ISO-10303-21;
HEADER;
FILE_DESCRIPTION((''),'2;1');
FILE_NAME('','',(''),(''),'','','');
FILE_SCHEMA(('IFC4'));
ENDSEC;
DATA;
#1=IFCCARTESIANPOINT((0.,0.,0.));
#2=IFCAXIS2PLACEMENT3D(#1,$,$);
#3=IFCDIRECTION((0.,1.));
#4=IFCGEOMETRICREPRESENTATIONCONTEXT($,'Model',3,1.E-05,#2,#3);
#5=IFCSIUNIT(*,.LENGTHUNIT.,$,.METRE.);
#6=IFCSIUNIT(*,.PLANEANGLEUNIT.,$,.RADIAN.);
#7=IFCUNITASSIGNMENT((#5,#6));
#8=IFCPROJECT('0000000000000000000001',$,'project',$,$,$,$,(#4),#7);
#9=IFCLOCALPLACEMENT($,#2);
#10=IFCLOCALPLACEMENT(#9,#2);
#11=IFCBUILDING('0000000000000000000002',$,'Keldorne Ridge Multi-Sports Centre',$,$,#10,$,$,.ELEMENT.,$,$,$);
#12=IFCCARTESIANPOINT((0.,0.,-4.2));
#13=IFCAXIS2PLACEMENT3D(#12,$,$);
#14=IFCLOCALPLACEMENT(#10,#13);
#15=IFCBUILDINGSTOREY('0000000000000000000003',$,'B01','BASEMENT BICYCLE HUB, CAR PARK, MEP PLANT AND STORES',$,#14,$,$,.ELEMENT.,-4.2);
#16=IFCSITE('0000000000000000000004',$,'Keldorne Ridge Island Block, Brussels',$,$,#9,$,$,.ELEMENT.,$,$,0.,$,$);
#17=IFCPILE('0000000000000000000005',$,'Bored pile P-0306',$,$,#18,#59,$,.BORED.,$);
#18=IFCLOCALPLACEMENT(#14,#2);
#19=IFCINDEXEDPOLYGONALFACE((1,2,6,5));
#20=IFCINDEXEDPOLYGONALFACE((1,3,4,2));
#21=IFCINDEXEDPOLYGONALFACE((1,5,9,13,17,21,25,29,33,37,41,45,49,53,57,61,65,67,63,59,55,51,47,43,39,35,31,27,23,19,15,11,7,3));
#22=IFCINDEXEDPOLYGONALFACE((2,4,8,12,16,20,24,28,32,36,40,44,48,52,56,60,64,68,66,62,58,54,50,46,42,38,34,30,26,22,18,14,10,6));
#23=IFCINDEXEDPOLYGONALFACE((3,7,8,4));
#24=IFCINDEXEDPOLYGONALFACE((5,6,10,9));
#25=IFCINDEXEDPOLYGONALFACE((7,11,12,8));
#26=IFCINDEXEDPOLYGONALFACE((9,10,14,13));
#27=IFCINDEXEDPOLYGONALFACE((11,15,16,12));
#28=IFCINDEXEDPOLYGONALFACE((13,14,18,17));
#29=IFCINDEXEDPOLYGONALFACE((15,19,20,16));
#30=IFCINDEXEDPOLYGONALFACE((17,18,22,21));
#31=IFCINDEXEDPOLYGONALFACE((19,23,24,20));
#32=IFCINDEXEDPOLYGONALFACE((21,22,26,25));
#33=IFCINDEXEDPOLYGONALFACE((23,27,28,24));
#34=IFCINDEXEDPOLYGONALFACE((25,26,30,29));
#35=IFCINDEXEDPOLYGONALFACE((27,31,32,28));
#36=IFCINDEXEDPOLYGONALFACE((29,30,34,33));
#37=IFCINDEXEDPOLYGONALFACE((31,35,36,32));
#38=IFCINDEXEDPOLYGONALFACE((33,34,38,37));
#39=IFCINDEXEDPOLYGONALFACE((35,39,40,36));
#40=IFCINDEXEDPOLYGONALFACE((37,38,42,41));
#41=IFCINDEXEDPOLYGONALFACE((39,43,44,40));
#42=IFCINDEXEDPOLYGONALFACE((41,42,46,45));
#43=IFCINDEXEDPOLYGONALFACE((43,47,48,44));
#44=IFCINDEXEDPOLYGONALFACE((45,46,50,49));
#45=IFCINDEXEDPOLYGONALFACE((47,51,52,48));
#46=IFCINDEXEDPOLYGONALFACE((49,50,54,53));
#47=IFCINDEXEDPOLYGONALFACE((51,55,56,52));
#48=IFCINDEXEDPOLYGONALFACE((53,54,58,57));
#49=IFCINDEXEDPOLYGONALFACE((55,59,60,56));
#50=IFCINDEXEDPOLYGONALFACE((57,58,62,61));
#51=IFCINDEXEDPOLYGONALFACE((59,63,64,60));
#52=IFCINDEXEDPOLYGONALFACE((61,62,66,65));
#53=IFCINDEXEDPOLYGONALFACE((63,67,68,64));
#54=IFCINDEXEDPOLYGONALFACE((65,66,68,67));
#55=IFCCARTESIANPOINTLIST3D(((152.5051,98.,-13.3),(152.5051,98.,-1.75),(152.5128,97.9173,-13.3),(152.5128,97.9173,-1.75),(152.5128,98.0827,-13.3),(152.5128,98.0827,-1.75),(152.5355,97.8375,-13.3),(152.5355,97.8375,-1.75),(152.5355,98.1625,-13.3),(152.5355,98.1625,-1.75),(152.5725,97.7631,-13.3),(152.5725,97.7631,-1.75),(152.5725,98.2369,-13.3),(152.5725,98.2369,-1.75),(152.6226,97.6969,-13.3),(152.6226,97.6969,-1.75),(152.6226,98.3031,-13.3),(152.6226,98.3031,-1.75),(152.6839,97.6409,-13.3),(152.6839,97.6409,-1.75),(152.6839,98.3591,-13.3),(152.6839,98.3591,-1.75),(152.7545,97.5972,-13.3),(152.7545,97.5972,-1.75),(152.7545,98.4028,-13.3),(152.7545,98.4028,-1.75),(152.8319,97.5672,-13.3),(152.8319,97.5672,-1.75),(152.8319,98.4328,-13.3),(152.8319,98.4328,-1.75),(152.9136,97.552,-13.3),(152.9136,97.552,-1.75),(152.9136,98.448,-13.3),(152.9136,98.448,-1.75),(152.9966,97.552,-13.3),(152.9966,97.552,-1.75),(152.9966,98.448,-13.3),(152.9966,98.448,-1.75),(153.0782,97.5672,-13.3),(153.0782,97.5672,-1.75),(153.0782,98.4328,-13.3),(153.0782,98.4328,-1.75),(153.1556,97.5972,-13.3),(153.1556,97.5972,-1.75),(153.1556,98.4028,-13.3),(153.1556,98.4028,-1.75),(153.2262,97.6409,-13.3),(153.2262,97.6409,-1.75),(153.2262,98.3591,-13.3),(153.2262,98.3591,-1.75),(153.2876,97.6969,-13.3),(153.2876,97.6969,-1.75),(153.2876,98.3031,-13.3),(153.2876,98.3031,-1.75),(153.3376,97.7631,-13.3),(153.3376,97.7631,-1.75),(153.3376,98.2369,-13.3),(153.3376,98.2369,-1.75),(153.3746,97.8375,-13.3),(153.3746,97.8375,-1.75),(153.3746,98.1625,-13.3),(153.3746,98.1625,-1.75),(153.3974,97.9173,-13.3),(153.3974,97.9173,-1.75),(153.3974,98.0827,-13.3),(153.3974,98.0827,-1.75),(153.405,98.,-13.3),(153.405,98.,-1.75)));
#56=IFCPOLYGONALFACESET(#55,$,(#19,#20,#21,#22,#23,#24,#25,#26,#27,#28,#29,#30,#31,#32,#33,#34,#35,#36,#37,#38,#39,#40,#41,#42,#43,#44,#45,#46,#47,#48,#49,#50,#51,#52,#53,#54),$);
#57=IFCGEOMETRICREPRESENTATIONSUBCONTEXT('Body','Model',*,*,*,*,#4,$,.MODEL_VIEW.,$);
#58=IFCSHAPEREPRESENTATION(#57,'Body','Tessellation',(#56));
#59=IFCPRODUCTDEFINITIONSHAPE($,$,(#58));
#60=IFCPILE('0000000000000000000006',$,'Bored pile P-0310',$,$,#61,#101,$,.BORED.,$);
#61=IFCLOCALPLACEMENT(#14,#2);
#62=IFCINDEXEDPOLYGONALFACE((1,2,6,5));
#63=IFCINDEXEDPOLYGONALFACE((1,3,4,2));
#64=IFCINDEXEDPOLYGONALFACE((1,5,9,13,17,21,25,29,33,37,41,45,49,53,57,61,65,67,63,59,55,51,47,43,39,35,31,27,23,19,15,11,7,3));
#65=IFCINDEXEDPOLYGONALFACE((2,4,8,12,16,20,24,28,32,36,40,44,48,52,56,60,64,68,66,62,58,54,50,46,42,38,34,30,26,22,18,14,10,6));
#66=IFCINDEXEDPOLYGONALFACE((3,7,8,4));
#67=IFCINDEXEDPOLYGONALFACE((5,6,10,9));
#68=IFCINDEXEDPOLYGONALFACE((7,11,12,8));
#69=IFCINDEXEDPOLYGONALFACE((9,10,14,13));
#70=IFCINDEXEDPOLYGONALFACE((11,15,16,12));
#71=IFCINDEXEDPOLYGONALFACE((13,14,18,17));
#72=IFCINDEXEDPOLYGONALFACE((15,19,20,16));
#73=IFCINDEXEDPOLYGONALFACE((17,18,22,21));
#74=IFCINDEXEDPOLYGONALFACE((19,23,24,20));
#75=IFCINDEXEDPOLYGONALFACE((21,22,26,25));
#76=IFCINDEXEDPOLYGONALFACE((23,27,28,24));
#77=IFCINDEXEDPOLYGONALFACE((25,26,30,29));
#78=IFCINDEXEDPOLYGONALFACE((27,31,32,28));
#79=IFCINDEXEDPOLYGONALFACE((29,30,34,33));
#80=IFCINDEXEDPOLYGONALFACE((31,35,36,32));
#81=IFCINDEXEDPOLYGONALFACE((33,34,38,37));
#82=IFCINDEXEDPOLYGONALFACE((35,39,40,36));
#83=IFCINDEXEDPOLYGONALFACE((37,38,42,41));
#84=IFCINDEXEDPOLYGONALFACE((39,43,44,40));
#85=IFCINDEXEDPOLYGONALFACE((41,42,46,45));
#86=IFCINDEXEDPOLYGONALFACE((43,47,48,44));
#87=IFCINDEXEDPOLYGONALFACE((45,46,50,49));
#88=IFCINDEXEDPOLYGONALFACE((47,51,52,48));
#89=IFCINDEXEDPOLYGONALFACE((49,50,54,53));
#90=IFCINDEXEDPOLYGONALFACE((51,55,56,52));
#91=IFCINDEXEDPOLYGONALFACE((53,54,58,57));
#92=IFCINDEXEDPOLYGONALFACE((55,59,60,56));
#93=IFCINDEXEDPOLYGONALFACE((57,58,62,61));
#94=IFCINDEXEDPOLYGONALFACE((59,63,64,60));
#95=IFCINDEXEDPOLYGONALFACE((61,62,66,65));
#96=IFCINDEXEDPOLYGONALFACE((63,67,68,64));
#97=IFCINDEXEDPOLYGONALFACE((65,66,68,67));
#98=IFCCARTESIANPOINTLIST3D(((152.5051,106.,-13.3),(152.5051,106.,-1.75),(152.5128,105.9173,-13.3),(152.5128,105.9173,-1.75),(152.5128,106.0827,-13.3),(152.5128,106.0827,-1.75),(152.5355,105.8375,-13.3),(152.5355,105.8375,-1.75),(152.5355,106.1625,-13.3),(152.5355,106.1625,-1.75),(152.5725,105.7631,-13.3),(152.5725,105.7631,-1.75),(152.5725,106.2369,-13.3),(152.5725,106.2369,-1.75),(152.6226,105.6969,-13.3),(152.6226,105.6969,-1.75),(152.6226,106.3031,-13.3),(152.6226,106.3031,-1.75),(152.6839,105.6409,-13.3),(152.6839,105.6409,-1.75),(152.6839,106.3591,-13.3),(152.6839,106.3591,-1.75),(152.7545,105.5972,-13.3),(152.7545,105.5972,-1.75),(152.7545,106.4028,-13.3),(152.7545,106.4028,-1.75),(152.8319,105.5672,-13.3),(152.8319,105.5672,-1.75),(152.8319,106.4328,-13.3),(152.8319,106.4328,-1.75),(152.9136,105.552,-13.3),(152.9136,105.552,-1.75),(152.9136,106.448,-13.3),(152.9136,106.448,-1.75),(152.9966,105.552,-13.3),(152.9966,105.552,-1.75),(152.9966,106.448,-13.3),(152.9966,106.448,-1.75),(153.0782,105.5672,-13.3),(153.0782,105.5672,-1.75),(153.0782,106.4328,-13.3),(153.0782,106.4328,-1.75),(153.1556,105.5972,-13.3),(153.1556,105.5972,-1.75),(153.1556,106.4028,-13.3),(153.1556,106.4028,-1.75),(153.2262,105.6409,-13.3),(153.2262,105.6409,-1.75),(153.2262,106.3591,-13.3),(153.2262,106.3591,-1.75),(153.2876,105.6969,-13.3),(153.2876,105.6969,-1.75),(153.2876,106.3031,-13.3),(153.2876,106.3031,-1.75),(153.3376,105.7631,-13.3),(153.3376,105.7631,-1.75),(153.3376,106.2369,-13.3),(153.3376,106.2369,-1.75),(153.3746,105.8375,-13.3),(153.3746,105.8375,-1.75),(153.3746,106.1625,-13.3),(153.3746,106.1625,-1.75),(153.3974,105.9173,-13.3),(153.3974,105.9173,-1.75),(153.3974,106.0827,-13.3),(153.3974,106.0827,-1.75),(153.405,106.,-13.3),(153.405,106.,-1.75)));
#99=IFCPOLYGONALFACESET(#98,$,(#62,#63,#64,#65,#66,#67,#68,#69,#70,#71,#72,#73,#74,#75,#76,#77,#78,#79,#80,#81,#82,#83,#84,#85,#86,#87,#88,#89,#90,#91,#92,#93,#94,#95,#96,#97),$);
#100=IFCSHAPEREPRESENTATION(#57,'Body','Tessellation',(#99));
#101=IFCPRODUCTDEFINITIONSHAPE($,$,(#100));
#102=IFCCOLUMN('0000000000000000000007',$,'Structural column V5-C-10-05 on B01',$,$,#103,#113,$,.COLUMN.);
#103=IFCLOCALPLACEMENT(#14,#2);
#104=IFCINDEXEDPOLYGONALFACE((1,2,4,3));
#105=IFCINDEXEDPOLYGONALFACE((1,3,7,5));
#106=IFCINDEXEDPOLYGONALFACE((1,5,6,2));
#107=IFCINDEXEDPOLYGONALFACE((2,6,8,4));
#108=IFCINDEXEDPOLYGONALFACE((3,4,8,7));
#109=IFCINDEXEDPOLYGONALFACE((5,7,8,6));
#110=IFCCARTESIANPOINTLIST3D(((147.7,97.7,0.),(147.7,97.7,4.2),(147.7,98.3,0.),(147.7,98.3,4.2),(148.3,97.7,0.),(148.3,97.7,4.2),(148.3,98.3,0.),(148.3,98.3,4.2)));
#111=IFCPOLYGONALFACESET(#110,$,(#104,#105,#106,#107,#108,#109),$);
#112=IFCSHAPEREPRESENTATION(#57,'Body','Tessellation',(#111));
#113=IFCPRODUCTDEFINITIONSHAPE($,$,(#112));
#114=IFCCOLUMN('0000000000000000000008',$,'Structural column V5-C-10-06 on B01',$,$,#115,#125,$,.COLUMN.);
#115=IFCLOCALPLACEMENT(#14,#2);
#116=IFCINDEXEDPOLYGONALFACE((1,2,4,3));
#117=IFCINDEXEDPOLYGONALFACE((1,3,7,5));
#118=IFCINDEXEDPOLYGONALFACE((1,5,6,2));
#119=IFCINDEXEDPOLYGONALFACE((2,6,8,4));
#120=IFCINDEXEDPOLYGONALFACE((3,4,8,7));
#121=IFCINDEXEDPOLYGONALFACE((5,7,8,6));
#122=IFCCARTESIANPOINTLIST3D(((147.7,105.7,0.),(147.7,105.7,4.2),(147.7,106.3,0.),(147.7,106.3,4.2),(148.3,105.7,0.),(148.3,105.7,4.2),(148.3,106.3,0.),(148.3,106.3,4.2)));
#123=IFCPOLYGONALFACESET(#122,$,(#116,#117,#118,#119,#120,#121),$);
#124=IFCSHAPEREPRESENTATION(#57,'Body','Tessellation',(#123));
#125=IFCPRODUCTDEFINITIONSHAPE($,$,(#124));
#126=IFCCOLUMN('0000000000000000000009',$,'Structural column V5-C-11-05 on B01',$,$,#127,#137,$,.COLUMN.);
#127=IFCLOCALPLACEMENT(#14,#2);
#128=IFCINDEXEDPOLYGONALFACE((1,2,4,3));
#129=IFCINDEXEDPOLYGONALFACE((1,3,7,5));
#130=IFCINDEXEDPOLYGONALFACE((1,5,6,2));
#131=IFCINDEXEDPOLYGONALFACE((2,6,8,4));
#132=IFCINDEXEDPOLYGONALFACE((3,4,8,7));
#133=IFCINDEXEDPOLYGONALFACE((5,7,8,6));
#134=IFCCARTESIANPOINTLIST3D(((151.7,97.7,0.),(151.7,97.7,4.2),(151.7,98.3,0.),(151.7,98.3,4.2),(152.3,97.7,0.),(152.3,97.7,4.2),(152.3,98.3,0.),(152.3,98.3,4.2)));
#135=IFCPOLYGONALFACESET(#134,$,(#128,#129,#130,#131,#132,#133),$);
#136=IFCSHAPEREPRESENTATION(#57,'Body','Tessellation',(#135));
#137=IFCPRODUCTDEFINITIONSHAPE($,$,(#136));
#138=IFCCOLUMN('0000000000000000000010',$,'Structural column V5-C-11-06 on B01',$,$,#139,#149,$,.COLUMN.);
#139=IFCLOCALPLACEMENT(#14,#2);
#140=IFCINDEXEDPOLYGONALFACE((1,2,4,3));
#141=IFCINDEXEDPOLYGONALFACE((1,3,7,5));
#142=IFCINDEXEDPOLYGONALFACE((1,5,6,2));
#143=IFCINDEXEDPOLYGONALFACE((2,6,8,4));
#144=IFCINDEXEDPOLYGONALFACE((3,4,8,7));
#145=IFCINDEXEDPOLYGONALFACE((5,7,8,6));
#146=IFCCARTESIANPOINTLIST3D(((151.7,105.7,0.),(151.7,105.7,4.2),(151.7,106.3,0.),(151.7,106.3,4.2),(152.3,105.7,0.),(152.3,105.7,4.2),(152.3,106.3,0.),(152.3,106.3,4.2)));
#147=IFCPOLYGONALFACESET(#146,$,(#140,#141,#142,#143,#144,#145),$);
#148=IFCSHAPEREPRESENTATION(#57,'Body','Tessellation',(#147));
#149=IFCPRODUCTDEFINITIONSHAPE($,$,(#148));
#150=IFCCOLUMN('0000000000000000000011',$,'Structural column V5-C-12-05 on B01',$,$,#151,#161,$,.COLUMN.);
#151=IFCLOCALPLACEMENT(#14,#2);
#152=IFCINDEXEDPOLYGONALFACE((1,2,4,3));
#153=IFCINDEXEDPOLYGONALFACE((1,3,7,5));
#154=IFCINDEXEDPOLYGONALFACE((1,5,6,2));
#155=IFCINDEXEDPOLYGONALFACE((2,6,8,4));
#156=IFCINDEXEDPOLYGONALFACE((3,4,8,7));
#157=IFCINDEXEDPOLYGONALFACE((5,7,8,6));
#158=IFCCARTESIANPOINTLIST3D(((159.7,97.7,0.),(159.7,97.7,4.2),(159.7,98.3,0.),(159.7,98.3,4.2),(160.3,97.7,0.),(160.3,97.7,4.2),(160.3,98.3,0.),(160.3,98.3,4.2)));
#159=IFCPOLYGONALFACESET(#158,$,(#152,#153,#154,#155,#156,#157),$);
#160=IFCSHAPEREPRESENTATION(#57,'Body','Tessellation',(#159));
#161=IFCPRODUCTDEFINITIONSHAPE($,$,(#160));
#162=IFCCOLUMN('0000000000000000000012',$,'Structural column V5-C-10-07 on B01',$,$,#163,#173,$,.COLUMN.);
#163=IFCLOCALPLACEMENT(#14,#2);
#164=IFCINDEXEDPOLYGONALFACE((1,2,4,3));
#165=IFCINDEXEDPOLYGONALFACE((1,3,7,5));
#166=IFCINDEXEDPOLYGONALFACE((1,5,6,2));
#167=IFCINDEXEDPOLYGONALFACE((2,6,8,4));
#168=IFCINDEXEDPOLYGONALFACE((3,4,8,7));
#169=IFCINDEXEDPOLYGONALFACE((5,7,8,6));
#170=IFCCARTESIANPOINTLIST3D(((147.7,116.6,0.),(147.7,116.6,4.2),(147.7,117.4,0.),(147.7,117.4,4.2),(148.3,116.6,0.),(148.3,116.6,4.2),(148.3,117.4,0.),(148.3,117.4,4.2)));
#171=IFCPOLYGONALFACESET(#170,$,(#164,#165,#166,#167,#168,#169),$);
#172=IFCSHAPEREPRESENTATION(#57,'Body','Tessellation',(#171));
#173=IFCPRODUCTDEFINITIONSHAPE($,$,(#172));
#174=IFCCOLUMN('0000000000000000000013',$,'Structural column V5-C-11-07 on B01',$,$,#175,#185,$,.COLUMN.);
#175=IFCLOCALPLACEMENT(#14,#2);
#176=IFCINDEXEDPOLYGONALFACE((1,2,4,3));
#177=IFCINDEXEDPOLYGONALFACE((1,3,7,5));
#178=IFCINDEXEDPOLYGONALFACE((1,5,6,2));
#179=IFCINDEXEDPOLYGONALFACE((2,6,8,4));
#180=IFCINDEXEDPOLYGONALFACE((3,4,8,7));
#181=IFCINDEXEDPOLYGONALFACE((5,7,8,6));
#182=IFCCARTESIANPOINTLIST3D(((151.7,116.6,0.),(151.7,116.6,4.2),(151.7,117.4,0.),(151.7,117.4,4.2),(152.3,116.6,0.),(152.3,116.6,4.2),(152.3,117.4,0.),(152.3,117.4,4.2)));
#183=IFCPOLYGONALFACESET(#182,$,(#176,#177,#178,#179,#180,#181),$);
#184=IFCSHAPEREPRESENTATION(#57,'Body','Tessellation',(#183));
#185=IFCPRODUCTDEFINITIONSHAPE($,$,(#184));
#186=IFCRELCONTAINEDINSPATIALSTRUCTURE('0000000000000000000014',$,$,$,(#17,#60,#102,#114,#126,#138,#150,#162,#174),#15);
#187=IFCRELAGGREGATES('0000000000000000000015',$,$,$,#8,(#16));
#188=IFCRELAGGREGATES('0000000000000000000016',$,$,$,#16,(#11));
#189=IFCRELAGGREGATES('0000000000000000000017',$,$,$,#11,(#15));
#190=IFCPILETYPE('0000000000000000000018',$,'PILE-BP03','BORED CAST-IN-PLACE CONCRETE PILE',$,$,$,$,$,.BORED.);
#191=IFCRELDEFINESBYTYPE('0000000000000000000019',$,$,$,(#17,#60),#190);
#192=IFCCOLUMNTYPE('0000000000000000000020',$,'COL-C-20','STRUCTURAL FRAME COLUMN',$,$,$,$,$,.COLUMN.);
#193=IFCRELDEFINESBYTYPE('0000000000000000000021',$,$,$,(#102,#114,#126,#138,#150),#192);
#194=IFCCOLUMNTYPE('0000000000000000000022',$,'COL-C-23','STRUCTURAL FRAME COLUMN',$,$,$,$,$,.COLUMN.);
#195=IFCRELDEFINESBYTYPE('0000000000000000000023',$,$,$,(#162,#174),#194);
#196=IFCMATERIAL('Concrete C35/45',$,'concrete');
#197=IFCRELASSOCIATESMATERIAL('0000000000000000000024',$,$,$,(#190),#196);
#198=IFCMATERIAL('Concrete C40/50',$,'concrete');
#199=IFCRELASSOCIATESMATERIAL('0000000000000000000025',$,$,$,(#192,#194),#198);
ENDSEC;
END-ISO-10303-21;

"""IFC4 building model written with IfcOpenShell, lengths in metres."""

from ifc_helpers import new_model, si_unit, direction, frame, origin, origin_2d, place, context, subcontext, project, spatial, rectangle, circle, extrude, material, material_profile, profile_set, type_object, element, save


model = new_model("IFC4")

# Units and contexts
model_context = context("Model", 3, precision=1e-05, world=origin(), true_north=direction((0.0, 1.0)))
body_context = subcontext(model_context, "Body", "Model", "MODEL_VIEW")
ifc_project = project(units=[si_unit("LENGTHUNIT", "METRE"), si_unit("PLANEANGLEUNIT", "RADIAN")], contexts=[model_context])

# Site, building, storey
site_placement = place(None, origin())
site = spatial("IfcSite", under=ifc_project, at=site_placement, Name="Keldorne Ridge Island Block, Brussels", CompositionType="ELEMENT", RefElevation=0.0)
building_placement = place(site_placement, origin())
building = spatial("IfcBuilding", under=site, at=building_placement, Name="Keldorne Ridge Multi-Sports Centre", CompositionType="ELEMENT")
storey_placement = place(building_placement, frame((0.0, 0.0, -4.2)))
storey = spatial("IfcBuildingStorey", under=building, at=storey_placement, Name="B01", Description="BASEMENT BICYCLE HUB, CAR PARK, MEP PLANT AND STORES", CompositionType="ELEMENT", Elevation=-4.2)

# Shared definitions
ifc_material_1 = material(Name="Concrete C35/45", Category="concrete")

# Piles
ifc_material_profile_1 = material_profile(ifc_material_1, circle(Radius=0.45, at=origin_2d()), Name="BORED PILE D900")
ifc_profile_set_1 = profile_set([ifc_material_profile_1], Name="Concrete C35/45")
pile_type_1 = type_object("IfcPileType", Name="PILE-BP03", Description="BORED CAST-IN-PLACE CONCRETE PILE", PredefinedType="BORED", material=ifc_profile_set_1)
for number, where, z_axis, x_axis, name in (
    (1, (152.9551, 98.0, -1.75), (0.0, 0.0, -1.0), (1.0, 0.0, 0.0), "Bored pile P-0306"),
    (2, (152.9551, 106.0, -1.75), (0.0, 0.0, -1.0), (1.0, 0.0, 0.0), "Bored pile P-0310"),
):
    element("IfcPile", number, at=place(storey_placement, frame(where, z_axis=z_axis, x_axis=x_axis)), inside=storey, type_object=pile_type_1, Name=name, PredefinedType="BORED", context=body_context, shape_type="SweptSolid", body=[
        extrude(circle(Radius=0.45, at=origin_2d()), origin(), (0.0, 0.0, 1.0), 11.55),
    ])

# Columns
ifc_material_2 = material(Name="Concrete C40/50", Category="concrete")
ifc_material_profile_2 = material_profile(ifc_material_2, rectangle(XDim=0.6001, YDim=0.6001, at=origin_2d()), Name="RC 600x600")
ifc_profile_set_2 = profile_set([ifc_material_profile_2], Name="Concrete C40/50")
column_type_1 = type_object("IfcColumnType", Name="COL-C-20", Description="STRUCTURAL FRAME COLUMN", PredefinedType="COLUMN", material=ifc_profile_set_2)
for number, where, z_axis, x_axis, name in (
    (3, (148.0, 98.0, 0.0), (0.0, 0.0, 1.0), (1.0, 0.0, 0.0), "Structural column V5-C-10-05 on B01"),
    (4, (148.0, 106.0, 0.0), (0.0, 0.0, 1.0), (1.0, 0.0, 0.0), "Structural column V5-C-10-06 on B01"),
    (5, (152.0, 98.0, 0.0), (0.0, 0.0, 1.0), (1.0, 0.0, 0.0), "Structural column V5-C-11-05 on B01"),
    (6, (152.0, 106.0, 0.0), (0.0, 0.0, 1.0), (1.0, 0.0, 0.0), "Structural column V5-C-11-06 on B01"),
    (7, (160.0, 98.0, 0.0), (0.0, 0.0, 1.0), (1.0, 0.0, 0.0), "Structural column V5-C-12-05 on B01"),
):
    element("IfcColumn", number, at=place(storey_placement, frame(where, z_axis=z_axis, x_axis=x_axis)), inside=storey, type_object=column_type_1, Name=name, PredefinedType="COLUMN", context=body_context, shape_type="SweptSolid", body=[
        extrude(rectangle(XDim=0.6001, YDim=0.6001, at=origin_2d()), origin(), (0.0, 0.0, 1.0), 4.2),
    ])
ifc_material_profile_3 = material_profile(ifc_material_2, rectangle(XDim=0.6001, YDim=0.8, at=origin_2d()), Name="RC 600x800")
ifc_profile_set_3 = profile_set([ifc_material_profile_3], Name="Concrete C40/50")
column_type_2 = type_object("IfcColumnType", Name="COL-C-23", Description="STRUCTURAL FRAME COLUMN", PredefinedType="COLUMN", material=ifc_profile_set_3)
for number, where, z_axis, x_axis, name in (
    (8, (148.0, 117.0, 0.0), (0.0, 0.0, 1.0), (1.0, 0.0, 0.0), "Structural column V5-C-10-07 on B01"),
    (9, (152.0, 117.0, 0.0), (0.0, 0.0, 1.0), (1.0, 0.0, 0.0), "Structural column V5-C-11-07 on B01"),
):
    element("IfcColumn", number, at=place(storey_placement, frame(where, z_axis=z_axis, x_axis=x_axis)), inside=storey, type_object=column_type_2, Name=name, PredefinedType="COLUMN", context=body_context, shape_type="SweptSolid", body=[
        extrude(rectangle(XDim=0.6001, YDim=0.8, at=origin_2d()), origin(), (0.0, 0.0, 1.0), 4.2),
    ])

save(model, "model.ifc")
